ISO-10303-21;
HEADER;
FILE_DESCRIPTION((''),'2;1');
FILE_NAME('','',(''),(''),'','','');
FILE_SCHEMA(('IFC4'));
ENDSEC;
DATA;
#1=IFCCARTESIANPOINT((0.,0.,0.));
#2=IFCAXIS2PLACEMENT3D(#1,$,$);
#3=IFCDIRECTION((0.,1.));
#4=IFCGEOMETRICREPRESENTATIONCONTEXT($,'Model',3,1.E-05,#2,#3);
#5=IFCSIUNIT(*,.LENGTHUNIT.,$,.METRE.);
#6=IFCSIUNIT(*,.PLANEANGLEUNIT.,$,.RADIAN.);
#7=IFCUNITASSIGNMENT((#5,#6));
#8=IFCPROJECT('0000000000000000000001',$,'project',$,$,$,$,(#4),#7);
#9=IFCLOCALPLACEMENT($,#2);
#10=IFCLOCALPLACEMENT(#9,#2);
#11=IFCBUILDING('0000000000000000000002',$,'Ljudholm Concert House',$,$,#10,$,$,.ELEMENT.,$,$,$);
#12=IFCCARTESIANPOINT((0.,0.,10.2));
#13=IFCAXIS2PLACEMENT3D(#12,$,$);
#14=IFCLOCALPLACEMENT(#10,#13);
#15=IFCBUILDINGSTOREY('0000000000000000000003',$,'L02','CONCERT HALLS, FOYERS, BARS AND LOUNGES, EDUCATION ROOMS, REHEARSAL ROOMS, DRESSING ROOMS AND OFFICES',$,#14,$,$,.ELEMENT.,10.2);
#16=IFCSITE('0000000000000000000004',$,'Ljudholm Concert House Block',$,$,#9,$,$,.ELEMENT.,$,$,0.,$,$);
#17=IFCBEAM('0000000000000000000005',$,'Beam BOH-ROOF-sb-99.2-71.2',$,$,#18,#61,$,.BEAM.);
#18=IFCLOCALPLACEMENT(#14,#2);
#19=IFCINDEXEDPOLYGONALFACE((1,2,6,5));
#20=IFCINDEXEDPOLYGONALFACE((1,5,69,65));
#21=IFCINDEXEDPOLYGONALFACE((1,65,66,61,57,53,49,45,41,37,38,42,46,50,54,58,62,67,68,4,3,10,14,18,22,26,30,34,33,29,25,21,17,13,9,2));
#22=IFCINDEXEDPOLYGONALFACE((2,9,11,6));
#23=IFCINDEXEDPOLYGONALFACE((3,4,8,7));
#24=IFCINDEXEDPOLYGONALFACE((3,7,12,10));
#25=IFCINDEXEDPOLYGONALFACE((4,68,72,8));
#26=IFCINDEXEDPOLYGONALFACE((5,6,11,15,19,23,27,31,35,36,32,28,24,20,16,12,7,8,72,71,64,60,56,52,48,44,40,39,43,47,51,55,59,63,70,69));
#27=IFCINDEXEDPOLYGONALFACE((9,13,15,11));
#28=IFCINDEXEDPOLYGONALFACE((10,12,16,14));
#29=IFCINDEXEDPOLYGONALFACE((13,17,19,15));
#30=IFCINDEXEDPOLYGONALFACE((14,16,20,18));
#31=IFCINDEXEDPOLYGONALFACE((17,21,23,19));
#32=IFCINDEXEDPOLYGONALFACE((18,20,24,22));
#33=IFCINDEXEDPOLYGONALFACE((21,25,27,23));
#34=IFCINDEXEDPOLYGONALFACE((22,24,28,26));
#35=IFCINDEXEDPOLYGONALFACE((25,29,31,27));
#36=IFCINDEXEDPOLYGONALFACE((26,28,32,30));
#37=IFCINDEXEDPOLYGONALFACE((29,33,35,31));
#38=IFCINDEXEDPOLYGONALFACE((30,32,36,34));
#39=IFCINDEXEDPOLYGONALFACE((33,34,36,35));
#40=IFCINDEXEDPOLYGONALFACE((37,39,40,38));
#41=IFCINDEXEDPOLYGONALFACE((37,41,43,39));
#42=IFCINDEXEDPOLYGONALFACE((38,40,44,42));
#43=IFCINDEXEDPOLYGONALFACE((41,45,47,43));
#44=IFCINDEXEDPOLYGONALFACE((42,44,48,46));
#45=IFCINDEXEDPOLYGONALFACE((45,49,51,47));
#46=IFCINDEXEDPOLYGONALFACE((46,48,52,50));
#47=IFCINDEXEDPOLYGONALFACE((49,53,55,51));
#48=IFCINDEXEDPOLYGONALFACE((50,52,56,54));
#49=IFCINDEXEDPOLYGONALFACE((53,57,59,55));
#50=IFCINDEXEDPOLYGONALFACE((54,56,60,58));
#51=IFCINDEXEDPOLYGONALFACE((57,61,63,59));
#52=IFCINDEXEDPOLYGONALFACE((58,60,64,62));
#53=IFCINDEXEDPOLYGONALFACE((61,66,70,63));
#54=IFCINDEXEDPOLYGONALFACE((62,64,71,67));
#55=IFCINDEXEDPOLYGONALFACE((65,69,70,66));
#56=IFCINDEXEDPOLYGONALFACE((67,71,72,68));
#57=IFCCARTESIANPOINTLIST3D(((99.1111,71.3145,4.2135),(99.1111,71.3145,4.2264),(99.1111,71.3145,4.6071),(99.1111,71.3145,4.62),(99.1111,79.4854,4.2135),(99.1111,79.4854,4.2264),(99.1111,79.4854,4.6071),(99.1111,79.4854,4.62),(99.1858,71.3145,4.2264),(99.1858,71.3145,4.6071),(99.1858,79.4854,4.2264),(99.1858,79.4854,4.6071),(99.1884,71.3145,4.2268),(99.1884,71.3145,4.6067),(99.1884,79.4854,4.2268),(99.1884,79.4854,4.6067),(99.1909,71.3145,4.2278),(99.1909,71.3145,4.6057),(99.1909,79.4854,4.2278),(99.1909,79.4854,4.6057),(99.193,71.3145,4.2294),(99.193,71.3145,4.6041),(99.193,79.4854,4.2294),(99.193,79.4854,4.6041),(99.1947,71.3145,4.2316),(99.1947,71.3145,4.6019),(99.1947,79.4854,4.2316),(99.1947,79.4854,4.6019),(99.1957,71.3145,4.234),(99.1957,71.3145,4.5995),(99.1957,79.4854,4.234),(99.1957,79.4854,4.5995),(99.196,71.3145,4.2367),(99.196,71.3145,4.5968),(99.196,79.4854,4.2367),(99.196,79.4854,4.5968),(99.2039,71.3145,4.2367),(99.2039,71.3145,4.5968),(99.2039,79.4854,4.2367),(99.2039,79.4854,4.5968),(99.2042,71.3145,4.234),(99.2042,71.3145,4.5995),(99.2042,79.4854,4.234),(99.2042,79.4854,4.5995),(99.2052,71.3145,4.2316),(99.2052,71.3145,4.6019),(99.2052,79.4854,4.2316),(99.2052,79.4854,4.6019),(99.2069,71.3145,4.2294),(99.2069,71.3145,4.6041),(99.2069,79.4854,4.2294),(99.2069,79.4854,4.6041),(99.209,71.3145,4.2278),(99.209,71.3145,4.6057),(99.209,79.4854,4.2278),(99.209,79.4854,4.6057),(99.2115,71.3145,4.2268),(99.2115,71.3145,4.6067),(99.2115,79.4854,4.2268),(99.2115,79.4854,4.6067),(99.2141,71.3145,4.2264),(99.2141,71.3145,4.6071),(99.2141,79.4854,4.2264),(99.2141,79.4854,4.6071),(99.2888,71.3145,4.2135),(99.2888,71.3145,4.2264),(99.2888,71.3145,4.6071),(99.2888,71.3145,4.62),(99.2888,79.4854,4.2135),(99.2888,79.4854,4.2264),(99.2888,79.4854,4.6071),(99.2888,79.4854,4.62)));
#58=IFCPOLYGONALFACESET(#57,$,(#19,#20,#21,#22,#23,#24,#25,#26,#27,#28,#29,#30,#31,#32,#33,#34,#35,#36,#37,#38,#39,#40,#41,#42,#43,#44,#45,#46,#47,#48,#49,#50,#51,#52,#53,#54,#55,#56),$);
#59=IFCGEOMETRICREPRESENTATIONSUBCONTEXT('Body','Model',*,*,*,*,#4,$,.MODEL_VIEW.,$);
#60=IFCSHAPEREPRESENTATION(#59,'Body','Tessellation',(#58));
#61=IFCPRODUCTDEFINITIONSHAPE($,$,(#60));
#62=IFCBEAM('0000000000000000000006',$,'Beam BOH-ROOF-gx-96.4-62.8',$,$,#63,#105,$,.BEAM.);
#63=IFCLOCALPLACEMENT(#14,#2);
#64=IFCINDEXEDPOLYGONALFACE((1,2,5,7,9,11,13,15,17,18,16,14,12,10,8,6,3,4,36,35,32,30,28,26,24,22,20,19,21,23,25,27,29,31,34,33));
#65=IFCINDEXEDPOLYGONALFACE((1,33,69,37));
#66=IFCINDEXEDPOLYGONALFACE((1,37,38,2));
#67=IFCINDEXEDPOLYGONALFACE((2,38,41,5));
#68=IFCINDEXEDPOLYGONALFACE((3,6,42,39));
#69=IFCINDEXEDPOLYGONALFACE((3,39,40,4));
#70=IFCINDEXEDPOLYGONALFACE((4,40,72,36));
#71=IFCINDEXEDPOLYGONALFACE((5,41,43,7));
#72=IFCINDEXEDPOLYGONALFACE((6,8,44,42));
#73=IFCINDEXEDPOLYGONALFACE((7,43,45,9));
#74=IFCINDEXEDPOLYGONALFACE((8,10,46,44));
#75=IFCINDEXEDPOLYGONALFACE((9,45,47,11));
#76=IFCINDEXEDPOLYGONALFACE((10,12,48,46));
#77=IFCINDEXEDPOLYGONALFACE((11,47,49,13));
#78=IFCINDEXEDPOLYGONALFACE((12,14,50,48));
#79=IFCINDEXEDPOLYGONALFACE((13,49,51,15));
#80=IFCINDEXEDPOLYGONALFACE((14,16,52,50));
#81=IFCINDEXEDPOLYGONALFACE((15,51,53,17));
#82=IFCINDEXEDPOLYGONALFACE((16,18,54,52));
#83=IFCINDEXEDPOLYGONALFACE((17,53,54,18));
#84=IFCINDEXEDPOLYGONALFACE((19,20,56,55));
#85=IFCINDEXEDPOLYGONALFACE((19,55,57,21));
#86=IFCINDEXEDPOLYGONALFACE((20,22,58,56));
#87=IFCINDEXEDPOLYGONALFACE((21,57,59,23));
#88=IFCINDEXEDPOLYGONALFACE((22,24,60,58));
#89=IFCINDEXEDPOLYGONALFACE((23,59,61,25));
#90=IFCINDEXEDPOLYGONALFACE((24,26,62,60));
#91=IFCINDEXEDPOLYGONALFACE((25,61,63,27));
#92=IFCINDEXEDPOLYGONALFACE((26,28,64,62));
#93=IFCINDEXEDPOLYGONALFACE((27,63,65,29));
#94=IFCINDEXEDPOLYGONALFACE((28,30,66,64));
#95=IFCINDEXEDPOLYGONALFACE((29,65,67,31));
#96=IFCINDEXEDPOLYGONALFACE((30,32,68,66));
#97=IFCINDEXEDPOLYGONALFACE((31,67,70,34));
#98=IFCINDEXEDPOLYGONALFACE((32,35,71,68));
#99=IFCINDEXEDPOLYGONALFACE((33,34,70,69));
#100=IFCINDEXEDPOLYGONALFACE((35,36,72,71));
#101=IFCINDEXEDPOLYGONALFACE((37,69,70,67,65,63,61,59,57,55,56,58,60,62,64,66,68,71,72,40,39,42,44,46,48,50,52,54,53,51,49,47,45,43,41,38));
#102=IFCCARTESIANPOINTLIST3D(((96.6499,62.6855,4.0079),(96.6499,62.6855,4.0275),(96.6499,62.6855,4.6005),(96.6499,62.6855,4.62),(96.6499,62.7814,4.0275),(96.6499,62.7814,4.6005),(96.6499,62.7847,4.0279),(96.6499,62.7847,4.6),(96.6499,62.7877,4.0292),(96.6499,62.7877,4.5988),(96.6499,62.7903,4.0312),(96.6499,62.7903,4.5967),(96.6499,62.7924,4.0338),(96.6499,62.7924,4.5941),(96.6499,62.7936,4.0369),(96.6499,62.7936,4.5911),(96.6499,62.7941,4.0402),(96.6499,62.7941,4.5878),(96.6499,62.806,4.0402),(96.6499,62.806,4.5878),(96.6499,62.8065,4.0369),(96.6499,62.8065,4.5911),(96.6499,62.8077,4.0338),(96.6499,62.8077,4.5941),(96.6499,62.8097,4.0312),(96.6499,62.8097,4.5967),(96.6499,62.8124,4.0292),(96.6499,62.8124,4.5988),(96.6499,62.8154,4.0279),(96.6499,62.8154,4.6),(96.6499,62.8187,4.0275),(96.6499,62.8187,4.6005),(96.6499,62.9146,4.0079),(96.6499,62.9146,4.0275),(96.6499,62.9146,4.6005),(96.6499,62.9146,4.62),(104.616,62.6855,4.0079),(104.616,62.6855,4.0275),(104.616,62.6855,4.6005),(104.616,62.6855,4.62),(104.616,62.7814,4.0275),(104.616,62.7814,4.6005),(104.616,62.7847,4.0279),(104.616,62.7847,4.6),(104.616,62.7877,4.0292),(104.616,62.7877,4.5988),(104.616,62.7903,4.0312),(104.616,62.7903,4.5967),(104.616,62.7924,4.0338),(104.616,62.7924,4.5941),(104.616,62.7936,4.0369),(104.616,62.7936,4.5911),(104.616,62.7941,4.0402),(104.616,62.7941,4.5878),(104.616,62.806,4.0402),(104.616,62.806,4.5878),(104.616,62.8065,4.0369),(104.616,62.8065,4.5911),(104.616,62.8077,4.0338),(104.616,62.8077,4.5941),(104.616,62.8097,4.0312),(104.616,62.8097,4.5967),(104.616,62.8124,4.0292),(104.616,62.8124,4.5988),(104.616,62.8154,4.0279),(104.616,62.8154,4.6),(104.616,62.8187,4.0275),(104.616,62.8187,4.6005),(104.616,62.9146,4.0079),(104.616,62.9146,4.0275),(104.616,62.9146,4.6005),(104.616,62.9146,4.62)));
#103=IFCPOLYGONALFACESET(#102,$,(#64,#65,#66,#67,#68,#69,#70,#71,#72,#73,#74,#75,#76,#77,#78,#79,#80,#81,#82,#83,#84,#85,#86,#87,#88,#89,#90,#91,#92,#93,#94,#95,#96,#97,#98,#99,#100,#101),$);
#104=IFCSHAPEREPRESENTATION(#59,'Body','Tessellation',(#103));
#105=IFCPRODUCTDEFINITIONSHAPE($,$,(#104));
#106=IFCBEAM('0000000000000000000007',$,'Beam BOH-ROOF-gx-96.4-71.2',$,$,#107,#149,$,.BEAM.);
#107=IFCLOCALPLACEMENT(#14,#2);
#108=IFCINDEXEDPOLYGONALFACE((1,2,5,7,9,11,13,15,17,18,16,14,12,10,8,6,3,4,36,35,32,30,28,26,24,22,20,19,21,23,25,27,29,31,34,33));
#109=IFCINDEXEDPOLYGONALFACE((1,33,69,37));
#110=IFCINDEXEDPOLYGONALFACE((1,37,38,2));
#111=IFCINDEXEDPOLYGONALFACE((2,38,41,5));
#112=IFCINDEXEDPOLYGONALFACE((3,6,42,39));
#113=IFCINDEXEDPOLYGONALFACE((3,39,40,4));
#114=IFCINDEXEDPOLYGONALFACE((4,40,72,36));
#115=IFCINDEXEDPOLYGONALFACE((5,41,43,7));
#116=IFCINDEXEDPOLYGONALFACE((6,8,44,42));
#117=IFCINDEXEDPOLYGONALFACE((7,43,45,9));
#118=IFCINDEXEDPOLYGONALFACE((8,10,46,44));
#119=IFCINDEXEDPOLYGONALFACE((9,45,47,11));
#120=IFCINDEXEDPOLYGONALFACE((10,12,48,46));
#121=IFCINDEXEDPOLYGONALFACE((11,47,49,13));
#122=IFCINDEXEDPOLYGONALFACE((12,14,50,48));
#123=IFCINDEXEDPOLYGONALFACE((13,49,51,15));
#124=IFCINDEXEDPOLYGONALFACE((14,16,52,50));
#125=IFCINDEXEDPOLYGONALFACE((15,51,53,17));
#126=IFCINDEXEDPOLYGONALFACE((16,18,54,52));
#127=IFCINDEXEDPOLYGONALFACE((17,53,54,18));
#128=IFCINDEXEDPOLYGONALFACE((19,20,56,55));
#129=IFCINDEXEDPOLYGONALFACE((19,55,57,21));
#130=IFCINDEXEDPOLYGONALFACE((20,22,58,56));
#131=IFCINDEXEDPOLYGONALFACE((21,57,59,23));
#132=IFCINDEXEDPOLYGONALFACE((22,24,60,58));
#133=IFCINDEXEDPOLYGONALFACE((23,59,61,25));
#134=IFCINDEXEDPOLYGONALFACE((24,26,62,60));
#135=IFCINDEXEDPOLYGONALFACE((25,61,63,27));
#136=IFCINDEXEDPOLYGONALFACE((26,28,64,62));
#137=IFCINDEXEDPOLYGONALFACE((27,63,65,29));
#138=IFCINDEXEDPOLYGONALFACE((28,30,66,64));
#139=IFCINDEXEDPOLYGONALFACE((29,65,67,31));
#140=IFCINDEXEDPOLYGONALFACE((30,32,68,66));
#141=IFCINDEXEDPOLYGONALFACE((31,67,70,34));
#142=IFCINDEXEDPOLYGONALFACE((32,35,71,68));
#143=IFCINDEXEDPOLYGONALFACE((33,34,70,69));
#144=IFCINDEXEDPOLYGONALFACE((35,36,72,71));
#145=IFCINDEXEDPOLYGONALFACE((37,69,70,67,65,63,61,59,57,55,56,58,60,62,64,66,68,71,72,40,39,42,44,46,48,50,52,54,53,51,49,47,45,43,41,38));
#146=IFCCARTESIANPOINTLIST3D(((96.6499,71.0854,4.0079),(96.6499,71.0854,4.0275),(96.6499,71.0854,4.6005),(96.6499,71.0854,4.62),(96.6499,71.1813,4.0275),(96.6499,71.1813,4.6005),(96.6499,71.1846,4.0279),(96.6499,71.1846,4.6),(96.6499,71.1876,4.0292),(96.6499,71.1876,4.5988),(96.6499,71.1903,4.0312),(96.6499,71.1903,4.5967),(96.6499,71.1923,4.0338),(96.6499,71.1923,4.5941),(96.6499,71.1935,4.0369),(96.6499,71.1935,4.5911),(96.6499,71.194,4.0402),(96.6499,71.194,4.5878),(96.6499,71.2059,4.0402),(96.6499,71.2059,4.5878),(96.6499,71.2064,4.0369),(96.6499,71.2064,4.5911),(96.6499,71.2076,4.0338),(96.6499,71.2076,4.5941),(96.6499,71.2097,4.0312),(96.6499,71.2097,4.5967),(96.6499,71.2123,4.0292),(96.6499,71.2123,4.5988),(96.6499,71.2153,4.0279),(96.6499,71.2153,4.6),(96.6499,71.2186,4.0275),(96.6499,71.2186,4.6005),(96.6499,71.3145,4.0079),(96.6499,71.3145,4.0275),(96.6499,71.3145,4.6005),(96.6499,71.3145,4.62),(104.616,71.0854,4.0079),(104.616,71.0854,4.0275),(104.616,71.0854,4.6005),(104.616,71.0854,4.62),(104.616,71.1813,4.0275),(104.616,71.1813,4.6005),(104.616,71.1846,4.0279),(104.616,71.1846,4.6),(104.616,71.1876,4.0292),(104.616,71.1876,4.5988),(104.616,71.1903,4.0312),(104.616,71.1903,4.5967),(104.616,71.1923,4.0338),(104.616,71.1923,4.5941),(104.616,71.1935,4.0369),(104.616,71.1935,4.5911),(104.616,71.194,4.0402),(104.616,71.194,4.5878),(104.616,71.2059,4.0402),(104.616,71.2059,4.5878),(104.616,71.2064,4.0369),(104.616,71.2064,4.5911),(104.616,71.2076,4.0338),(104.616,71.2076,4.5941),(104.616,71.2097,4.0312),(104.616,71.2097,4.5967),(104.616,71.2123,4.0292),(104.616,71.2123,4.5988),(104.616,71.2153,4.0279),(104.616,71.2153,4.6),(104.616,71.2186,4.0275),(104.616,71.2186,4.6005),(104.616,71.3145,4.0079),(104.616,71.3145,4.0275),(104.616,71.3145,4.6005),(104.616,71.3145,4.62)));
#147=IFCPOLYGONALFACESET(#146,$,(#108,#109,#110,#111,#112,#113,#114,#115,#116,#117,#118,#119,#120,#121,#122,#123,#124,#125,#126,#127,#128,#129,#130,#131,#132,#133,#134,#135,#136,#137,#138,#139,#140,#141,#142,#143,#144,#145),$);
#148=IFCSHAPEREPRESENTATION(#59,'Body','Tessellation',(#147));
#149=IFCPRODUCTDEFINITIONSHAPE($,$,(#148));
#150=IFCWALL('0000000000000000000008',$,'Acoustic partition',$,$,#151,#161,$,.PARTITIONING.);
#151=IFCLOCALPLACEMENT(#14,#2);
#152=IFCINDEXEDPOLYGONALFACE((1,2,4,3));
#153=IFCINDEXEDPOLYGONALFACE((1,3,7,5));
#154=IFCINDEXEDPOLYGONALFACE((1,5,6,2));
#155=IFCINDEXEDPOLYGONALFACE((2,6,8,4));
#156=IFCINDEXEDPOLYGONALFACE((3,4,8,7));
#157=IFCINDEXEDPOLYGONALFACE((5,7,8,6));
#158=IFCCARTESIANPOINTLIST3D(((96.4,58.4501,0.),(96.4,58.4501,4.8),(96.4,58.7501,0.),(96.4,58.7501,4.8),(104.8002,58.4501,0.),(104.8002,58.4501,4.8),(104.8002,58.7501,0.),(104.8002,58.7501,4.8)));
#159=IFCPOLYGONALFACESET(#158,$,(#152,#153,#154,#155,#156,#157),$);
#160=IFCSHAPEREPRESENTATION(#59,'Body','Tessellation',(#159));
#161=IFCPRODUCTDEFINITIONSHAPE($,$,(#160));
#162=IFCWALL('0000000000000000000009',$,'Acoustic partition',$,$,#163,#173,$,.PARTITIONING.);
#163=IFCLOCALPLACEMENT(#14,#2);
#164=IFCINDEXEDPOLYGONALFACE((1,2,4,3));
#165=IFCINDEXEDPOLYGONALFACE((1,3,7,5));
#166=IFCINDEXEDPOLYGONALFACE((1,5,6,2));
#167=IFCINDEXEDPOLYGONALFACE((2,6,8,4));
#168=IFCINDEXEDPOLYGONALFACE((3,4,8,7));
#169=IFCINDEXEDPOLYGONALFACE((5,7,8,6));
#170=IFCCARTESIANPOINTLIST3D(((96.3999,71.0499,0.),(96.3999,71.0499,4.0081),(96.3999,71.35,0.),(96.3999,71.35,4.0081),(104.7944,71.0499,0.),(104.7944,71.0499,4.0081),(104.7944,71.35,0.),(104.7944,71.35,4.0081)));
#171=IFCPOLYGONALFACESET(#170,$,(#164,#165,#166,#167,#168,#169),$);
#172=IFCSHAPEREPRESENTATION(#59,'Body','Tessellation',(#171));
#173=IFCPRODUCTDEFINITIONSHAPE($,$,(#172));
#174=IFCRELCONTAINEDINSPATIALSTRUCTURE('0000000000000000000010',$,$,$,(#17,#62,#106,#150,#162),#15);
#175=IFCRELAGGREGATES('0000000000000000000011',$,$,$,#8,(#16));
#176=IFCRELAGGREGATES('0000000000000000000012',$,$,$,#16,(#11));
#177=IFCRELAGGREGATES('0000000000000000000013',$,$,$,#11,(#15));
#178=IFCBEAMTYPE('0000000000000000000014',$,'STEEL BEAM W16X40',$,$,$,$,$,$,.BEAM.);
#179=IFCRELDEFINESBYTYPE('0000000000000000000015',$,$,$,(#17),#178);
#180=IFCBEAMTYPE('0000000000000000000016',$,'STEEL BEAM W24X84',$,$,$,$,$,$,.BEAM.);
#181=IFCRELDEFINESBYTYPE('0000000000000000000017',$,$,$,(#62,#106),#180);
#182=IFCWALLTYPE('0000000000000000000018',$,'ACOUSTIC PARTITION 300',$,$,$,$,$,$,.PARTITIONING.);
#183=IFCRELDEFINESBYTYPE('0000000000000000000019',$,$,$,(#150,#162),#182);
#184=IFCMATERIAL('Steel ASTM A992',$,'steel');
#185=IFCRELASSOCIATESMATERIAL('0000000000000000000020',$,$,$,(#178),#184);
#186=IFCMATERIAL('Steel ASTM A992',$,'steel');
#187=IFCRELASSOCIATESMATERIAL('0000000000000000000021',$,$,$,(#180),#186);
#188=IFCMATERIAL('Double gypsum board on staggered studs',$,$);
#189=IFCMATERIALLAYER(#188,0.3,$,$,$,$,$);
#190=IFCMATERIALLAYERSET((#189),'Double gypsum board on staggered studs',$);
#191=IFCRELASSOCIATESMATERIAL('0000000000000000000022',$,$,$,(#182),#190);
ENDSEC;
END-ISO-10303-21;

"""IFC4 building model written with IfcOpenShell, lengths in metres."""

from ifc_helpers import new_model, si_unit, direction, frame, frame_2d, origin, origin_2d, place, context, subcontext, project, spatial, rectangle, i_section, extrude, material, layer, layer_set, material_profile, profile_set, type_object, element, save


model = new_model("IFC4")

# Units and contexts
model_context = context("Model", 3, precision=1e-05, world=origin(), true_north=direction((0.0, 1.0)))
body_context = subcontext(model_context, "Body", "Model", "MODEL_VIEW")
ifc_project = project(units=[si_unit("LENGTHUNIT", "METRE"), si_unit("PLANEANGLEUNIT", "RADIAN")], contexts=[model_context])

# Site, building, storey
site_placement = place(None, origin())
site = spatial("IfcSite", under=ifc_project, at=site_placement, Name="Ljudholm Concert House Block", CompositionType="ELEMENT", RefElevation=0.0)
building_placement = place(site_placement, origin())
building = spatial("IfcBuilding", under=site, at=building_placement, Name="Ljudholm Concert House", CompositionType="ELEMENT")
storey_placement = place(building_placement, frame((0.0, 0.0, 10.2)))
storey = spatial("IfcBuildingStorey", under=building, at=storey_placement, Name="L02", Description="CONCERT HALLS, FOYERS, BARS AND LOUNGES, EDUCATION ROOMS, REHEARSAL ROOMS, DRESSING ROOMS AND OFFICES", CompositionType="ELEMENT", Elevation=10.2)

# Beams
ifc_material_1 = material(Name="Steel ASTM A992", Category="steel")
ifc_material_profile_1 = material_profile(ifc_material_1, i_section(OverallWidth=0.1777, OverallDepth=0.4065, WebThickness=0.0078, FlangeThickness=0.0129, FilletRadius=0.0103, at=origin_2d()), Name="W16X40")
ifc_profile_set_1 = profile_set([ifc_material_profile_1], Name="Steel ASTM A992")
beam_type_1 = type_object("IfcBeamType", Name="STEEL BEAM W16X40", PredefinedType="BEAM", material=ifc_profile_set_1)
for number, where, z_axis, x_axis, name in (
    (1, (99.2, 71.3145, 4.4167), (0.0, 1.0, 0.0), (-1.0, 0.0, 0.0), "Beam BOH-ROOF-sb-99.2-71.2"),
):
    element("IfcBeam", number, at=place(storey_placement, frame(where, z_axis=z_axis, x_axis=x_axis)), inside=storey, type_object=beam_type_1, Name=name, PredefinedType="BEAM", context=body_context, shape_type="SweptSolid", body=[
        extrude(i_section(OverallWidth=0.1777, OverallDepth=0.4065, WebThickness=0.0078, FlangeThickness=0.0129, FilletRadius=0.0103, at=origin_2d()), origin(), (0.0, 0.0, 1.0), 8.1709),
    ])
ifc_material_2 = material(Name="Steel ASTM A992", Category="steel")
ifc_material_profile_2 = material_profile(ifc_material_2, i_section(OverallWidth=0.229, OverallDepth=0.6121, WebThickness=0.012, FlangeThickness=0.0195, FilletRadius=0.0127, at=origin_2d()), Name="W24X84")
ifc_profile_set_2 = profile_set([ifc_material_profile_2], Name="Steel ASTM A992")
beam_type_2 = type_object("IfcBeamType", Name="STEEL BEAM W24X84", PredefinedType="BEAM", material=ifc_profile_set_2)
for number, where, z_axis, x_axis, name in (
    (2, (96.6499, 62.8, 4.314), (1.0, 0.0, 0.0), (0.0, 1.0, 0.0), "Beam BOH-ROOF-gx-96.4-62.8"),
    (3, (96.6499, 71.2, 4.314), (1.0, 0.0, 0.0), (0.0, 1.0, 0.0), "Beam BOH-ROOF-gx-96.4-71.2"),
):
    element("IfcBeam", number, at=place(storey_placement, frame(where, z_axis=z_axis, x_axis=x_axis)), inside=storey, type_object=beam_type_2, Name=name, PredefinedType="BEAM", context=body_context, shape_type="SweptSolid", body=[
        extrude(i_section(OverallWidth=0.229, OverallDepth=0.6121, WebThickness=0.012, FlangeThickness=0.0195, FilletRadius=0.0127, at=origin_2d()), origin(), (0.0, 0.0, 1.0), 7.9661),
    ])

# Walls
ifc_material_3 = material(Name="Double gypsum board on staggered studs")
ifc_layer_1 = layer(ifc_material_3, 0.3)
ifc_layer_set_1 = layer_set([ifc_layer_1], Name="Double gypsum board on staggered studs")
wall_type_1 = type_object("IfcWallType", Name="ACOUSTIC PARTITION 300", PredefinedType="PARTITIONING", material=ifc_layer_set_1)
wall_1_placement = place(storey_placement, frame((96.3999, 58.6001, 0.0), z_axis=(0.0, 0.0, 1.0), x_axis=(1.0, 0.0, 0.0)))
element("IfcWall", 4, at=wall_1_placement, inside=storey, type_object=wall_type_1, Name="Acoustic partition", PredefinedType="PARTITIONING", context=body_context, shape_type="SweptSolid", body=[
    extrude(rectangle(XDim=8.4001, YDim=0.3, at=frame_2d((4.2002, 0.0))), origin(), (0.0, 0.0, 1.0), 4.8),
])
wall_2_placement = place(storey_placement, frame((96.3999, 71.2, 0.0), z_axis=(0.0, 0.0, 1.0), x_axis=(1.0, 0.0, 0.0)))
element("IfcWall", 5, at=wall_2_placement, inside=storey, type_object=wall_type_1, Name="Acoustic partition", PredefinedType="PARTITIONING", context=body_context, shape_type="SweptSolid", body=[
    extrude(rectangle(XDim=8.3945, YDim=0.3, at=frame_2d((4.1973, 0.0))), origin(), (0.0, 0.0, 1.0), 4.0081),
])

save(model, "model.ifc")
